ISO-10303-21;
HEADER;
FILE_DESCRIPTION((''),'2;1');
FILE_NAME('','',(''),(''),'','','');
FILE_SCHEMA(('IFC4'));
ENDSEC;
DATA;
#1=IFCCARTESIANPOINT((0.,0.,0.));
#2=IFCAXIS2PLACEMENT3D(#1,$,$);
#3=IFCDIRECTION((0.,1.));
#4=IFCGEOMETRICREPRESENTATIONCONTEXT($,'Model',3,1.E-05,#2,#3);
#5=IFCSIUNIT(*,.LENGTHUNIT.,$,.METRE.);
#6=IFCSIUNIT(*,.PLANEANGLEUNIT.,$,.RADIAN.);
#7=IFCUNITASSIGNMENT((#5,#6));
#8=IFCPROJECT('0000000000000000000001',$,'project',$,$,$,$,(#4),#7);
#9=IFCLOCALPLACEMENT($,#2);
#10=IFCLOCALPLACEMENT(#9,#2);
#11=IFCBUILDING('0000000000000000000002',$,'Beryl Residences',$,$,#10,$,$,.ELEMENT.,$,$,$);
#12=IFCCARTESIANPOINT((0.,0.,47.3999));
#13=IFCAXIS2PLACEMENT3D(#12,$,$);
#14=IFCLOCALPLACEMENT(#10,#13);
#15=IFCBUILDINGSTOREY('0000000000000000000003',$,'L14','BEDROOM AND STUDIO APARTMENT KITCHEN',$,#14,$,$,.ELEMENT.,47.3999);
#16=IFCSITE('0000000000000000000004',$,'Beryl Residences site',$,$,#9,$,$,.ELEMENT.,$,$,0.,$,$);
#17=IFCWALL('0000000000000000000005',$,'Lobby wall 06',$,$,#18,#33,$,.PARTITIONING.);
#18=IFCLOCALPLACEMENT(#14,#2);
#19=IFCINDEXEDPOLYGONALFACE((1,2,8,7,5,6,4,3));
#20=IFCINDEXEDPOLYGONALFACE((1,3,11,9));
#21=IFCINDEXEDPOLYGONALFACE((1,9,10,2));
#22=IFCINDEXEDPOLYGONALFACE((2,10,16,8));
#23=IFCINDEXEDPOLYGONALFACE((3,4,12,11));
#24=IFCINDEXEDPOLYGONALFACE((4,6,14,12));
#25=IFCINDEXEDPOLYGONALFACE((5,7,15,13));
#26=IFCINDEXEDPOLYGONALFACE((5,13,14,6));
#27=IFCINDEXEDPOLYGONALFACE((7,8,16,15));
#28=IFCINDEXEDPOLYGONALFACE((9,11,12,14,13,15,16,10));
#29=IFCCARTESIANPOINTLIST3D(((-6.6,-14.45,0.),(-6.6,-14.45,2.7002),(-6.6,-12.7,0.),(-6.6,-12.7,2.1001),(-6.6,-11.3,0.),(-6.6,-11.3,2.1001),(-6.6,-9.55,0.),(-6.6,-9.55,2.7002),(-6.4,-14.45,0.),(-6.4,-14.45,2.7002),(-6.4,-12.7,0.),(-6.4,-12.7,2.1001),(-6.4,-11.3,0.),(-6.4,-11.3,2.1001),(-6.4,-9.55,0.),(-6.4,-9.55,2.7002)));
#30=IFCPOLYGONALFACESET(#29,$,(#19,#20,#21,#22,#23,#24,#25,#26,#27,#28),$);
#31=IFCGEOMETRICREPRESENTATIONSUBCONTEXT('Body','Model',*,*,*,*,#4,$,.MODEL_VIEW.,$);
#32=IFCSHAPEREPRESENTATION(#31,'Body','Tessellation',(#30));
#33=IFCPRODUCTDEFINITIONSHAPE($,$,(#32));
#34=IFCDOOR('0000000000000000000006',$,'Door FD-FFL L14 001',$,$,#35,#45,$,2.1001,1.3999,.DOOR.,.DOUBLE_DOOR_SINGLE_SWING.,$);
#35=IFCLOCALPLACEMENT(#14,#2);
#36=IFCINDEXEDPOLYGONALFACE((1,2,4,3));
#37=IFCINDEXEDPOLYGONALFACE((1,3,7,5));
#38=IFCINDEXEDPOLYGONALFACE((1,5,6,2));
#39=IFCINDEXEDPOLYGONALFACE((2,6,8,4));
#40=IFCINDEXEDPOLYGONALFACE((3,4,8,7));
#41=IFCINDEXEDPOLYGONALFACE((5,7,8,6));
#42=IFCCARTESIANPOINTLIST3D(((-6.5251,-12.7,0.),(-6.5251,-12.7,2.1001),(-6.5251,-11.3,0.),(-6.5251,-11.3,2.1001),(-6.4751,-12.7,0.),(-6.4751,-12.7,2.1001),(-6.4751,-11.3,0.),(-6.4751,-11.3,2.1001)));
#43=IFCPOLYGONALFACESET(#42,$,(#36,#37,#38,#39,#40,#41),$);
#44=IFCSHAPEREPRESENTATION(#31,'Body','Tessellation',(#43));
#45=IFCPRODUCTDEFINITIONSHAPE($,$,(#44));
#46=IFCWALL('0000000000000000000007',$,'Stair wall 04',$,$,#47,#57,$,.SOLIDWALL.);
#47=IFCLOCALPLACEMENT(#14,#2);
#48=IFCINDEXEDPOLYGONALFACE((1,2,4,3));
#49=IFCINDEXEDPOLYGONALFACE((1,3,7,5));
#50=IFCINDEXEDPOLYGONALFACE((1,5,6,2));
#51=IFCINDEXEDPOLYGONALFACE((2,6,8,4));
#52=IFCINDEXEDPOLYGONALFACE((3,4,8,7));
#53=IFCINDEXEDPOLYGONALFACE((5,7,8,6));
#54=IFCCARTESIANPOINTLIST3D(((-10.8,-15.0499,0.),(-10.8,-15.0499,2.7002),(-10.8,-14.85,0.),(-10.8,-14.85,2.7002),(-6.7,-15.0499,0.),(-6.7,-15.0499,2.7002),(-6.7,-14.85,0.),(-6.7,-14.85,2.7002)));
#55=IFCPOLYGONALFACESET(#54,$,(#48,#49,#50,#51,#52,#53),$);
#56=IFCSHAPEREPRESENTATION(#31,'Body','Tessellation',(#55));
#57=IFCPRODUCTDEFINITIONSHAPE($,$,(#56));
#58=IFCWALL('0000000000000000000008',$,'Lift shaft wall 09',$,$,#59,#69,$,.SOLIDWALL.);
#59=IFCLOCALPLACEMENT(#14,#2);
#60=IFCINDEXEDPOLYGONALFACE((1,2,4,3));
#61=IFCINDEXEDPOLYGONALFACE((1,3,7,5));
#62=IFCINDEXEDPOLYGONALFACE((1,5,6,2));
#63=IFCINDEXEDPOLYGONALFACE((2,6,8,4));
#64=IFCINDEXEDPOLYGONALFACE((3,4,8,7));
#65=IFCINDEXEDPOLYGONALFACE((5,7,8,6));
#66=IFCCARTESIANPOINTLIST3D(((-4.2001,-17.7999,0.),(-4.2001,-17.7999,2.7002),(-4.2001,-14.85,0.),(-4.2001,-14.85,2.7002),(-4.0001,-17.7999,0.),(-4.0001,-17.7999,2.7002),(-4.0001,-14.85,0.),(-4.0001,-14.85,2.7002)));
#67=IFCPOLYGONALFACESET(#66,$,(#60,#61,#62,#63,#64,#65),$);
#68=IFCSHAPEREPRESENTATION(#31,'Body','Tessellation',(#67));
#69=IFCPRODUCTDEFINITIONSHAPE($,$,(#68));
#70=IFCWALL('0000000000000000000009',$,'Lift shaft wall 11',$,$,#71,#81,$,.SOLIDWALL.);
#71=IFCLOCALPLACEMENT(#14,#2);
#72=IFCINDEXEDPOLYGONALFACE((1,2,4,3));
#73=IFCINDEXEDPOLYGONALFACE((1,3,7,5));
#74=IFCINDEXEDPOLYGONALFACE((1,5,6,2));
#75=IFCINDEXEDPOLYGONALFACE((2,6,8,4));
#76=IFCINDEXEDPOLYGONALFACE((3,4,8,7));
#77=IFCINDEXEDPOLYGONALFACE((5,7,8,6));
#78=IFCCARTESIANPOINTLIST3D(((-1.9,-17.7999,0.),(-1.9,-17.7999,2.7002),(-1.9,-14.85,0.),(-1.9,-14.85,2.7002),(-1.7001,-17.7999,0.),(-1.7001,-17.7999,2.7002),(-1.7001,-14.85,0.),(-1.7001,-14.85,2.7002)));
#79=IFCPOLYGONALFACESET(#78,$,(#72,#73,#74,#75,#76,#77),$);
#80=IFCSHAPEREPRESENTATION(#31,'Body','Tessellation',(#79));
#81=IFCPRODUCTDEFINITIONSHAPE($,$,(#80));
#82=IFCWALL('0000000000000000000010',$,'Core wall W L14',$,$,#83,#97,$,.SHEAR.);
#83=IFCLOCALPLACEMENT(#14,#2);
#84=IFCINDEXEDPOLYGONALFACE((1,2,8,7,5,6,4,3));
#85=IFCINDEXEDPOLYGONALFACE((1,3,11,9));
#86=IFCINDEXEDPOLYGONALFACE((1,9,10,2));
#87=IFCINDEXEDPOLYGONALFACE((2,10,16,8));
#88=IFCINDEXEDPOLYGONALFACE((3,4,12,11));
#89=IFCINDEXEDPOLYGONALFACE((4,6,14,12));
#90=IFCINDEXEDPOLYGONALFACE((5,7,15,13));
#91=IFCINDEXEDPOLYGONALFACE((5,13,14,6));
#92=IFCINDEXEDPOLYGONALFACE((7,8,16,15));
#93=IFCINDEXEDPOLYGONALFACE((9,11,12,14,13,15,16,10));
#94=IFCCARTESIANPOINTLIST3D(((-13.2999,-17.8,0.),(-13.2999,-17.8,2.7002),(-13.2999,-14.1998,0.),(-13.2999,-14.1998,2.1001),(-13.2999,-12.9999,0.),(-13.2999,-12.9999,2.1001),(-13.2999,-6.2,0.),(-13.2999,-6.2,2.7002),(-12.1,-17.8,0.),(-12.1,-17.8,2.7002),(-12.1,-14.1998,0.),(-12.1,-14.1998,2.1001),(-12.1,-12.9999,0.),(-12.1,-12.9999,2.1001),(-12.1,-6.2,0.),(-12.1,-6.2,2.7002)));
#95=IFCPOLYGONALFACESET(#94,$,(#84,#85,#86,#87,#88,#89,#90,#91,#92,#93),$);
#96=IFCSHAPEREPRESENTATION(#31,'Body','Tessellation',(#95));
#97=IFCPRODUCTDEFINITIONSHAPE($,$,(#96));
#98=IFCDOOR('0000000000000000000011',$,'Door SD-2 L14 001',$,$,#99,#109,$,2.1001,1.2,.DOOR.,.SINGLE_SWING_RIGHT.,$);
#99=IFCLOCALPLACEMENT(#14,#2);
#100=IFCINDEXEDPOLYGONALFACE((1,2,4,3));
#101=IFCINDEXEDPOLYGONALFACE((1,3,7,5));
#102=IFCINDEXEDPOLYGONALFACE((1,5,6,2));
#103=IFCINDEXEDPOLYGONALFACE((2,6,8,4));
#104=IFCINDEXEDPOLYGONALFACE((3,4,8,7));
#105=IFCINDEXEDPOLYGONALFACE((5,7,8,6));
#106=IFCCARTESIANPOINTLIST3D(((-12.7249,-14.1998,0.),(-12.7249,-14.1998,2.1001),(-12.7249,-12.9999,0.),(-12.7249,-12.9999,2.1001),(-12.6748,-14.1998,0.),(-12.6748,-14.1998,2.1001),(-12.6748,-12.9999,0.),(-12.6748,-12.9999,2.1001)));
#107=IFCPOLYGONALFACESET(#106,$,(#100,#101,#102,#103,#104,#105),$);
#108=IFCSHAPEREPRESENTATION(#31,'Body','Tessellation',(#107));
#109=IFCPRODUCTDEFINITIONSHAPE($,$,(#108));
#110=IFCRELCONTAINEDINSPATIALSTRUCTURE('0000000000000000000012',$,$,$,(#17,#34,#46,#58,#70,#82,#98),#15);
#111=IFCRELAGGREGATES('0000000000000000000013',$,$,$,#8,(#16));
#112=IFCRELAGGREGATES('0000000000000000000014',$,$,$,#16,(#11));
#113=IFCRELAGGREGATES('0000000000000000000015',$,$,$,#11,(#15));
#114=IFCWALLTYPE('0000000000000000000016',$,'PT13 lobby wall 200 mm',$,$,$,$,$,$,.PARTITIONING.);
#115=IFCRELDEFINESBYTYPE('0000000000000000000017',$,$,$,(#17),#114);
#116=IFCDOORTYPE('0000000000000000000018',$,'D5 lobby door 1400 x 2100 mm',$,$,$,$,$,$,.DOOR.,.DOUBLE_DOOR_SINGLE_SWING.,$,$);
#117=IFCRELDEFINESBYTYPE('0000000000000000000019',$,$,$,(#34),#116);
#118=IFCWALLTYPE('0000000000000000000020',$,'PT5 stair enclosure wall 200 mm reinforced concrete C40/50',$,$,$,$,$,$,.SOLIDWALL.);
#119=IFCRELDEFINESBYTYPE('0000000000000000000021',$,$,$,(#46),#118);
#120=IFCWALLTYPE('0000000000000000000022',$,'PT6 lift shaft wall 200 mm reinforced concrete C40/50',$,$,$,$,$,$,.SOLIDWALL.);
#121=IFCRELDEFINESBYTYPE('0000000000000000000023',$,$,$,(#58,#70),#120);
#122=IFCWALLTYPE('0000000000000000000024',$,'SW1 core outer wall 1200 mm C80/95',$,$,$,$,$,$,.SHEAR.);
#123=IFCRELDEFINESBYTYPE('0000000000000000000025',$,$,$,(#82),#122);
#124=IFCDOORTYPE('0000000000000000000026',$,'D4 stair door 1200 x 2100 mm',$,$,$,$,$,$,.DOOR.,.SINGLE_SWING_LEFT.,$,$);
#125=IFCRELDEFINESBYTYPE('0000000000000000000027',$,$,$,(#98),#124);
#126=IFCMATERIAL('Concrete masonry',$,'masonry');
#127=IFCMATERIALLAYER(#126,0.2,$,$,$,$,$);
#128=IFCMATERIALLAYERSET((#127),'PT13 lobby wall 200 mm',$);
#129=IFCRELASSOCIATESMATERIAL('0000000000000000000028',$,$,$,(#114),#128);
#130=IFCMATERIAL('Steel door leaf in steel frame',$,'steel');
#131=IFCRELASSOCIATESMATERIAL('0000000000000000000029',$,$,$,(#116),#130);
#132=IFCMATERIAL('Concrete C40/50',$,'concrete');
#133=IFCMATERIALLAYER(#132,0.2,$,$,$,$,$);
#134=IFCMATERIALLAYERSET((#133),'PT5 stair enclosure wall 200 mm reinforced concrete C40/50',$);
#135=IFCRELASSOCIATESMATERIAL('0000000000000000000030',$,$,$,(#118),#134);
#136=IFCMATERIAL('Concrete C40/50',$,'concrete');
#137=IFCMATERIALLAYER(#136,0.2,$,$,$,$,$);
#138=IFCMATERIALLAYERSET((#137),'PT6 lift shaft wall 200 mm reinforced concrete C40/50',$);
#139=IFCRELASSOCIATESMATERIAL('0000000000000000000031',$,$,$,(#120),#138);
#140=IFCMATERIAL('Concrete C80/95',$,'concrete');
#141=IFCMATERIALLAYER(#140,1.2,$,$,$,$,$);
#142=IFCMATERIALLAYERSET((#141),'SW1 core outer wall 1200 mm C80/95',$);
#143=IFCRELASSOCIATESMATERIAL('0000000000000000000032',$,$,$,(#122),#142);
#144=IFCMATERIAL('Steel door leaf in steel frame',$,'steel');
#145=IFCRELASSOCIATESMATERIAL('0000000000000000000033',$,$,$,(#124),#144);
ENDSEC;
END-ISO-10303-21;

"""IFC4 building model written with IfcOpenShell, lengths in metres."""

from ifc_helpers import new_model, si_unit, direction, frame, frame_2d, origin, place, context, subcontext, project, spatial, rectangle, extrude, material, layer, layer_set, type_object, element, fill, save


model = new_model("IFC4")

# Units and contexts
model_context = context("Model", 3, precision=1e-05, world=origin(), true_north=direction((0.0, 1.0)))
body_context = subcontext(model_context, "Body", "Model", "MODEL_VIEW")
ifc_project = project(units=[si_unit("LENGTHUNIT", "METRE"), si_unit("PLANEANGLEUNIT", "RADIAN")], contexts=[model_context])

# Site, building, storey
site_placement = place(None, origin())
site = spatial("IfcSite", under=ifc_project, at=site_placement, Name="Beryl Residences site", CompositionType="ELEMENT", RefElevation=0.0)
building_placement = place(site_placement, origin())
building = spatial("IfcBuilding", under=site, at=building_placement, Name="Beryl Residences", CompositionType="ELEMENT")
storey_placement = place(building_placement, frame((0.0, 0.0, 47.3999)))
storey = spatial("IfcBuildingStorey", under=building, at=storey_placement, Name="L14", Description="BEDROOM AND STUDIO APARTMENT KITCHEN", CompositionType="ELEMENT", Elevation=47.3999)

# Wall, opening, door
ifc_material_1 = material(Name="Concrete masonry", Category="masonry")
ifc_layer_1 = layer(ifc_material_1, 0.2)
ifc_layer_set_1 = layer_set([ifc_layer_1], Name="PT13 lobby wall 200 mm")
wall_type_1 = type_object("IfcWallType", Name="PT13 lobby wall 200 mm", PredefinedType="PARTITIONING", material=ifc_layer_set_1)
wall_1_placement = place(storey_placement, frame((-6.5, -14.45, 0.0), z_axis=(0.0, 0.0, 1.0), x_axis=(0.0, 1.0, 0.0)))
wall_1 = element("IfcWall", 1, at=wall_1_placement, inside=storey, type_object=wall_type_1, Name="Lobby wall 06", PredefinedType="PARTITIONING", context=body_context, shape_type="SweptSolid", body=[
    extrude(rectangle(XDim=4.8999, YDim=0.2, at=frame_2d((2.45, 0.0))), origin(), (0.0, 0.0, 1.0), 2.7002),
])
opening_1_placement = place(wall_1_placement, frame((3.1499, 0.0, 0.0), z_axis=(0.0, 0.0, 1.0), x_axis=(-1.0, 0.0, 0.0)))
opening_1 = element("IfcOpeningElement", 2, at=opening_1_placement, cuts=wall_1, PredefinedType="OPENING", context=body_context, shape_type="SweptSolid", body=[
    extrude(rectangle(XDim=1.3999, YDim=2.1001, at=frame_2d((0.7, 1.05))), frame((0.0, 0.1099, 0.0), z_axis=(0.0, -1.0, 0.0), x_axis=(1.0, 0.0, 0.0)), (0.0, 0.0, 1.0), 0.22),
])
ifc_material_2 = material(Name="Steel door leaf in steel frame", Category="steel")
door_type_1 = type_object("IfcDoorType", Name="D5 lobby door 1400 x 2100 mm", OperationType="DOUBLE_DOOR_SINGLE_SWING", PredefinedType="DOOR", material=ifc_material_2)
door_1_placement = place(opening_1_placement, origin())
door_1 = element("IfcDoor", 3, at=door_1_placement, inside=storey, type_object=door_type_1, Name="Door FD-FFL L14 001", OperationType="DOUBLE_DOOR_SINGLE_SWING", OverallHeight=2.1001, OverallWidth=1.3999, PredefinedType="DOOR", context=body_context, shape_type="SweptSolid", body=[
    extrude(rectangle(XDim=1.3999, YDim=2.1001, at=frame_2d((0.7, 1.05))), frame((0.0, 0.0249, 0.0), z_axis=(0.0, -1.0, 0.0), x_axis=(1.0, 0.0, 0.0)), (0.0, 0.0, 1.0), 0.05),
])
fill(opening_1, door_1)

# Walls
ifc_material_3 = material(Name="Concrete C40/50", Category="concrete")
ifc_layer_2 = layer(ifc_material_3, 0.2)
ifc_layer_set_2 = layer_set([ifc_layer_2], Name="PT5 stair enclosure wall 200 mm reinforced concrete C40/50")
wall_type_2 = type_object("IfcWallType", Name="PT5 stair enclosure wall 200 mm reinforced concrete C40/50", PredefinedType="SOLIDWALL", material=ifc_layer_set_2)
wall_2_placement = place(storey_placement, frame((-10.8, -14.95, 0.0), z_axis=(0.0, 0.0, 1.0), x_axis=(1.0, 0.0, 0.0)))
element("IfcWall", 4, at=wall_2_placement, inside=storey, type_object=wall_type_2, Name="Stair wall 04", PredefinedType="SOLIDWALL", context=body_context, shape_type="SweptSolid", body=[
    extrude(rectangle(XDim=4.1001, YDim=0.2, at=frame_2d((2.05, 0.0))), origin(), (0.0, 0.0, 1.0), 2.7002),
])
ifc_material_4 = material(Name="Concrete C40/50", Category="concrete")
ifc_layer_3 = layer(ifc_material_4, 0.2)
ifc_layer_set_3 = layer_set([ifc_layer_3], Name="PT6 lift shaft wall 200 mm reinforced concrete C40/50")
wall_type_3 = type_object("IfcWallType", Name="PT6 lift shaft wall 200 mm reinforced concrete C40/50", PredefinedType="SOLIDWALL", material=ifc_layer_set_3)
for number, where, z_axis, x_axis, name in (
    (5, (-4.1001, -17.8, 0.0), (0.0, 0.0, 1.0), (0.0, 1.0, 0.0), "Lift shaft wall 09"),
    (6, (-1.8, -17.8, 0.0), (0.0, 0.0, 1.0), (0.0, 1.0, 0.0), "Lift shaft wall 11"),
):
    element("IfcWall", number, at=place(storey_placement, frame(where, z_axis=z_axis, x_axis=x_axis)), inside=storey, type_object=wall_type_3, Name=name, PredefinedType="SOLIDWALL", context=body_context, shape_type="SweptSolid", body=[
        extrude(rectangle(XDim=2.95, YDim=0.2, at=frame_2d((1.4751, 0.0))), origin(), (0.0, 0.0, 1.0), 2.7002),
    ])

# Wall, opening, door
ifc_material_5 = material(Name="Concrete C80/95", Category="concrete")
ifc_layer_4 = layer(ifc_material_5, 1.2)
ifc_layer_set_4 = layer_set([ifc_layer_4], Name="SW1 core outer wall 1200 mm C80/95")
wall_type_4 = type_object("IfcWallType", Name="SW1 core outer wall 1200 mm C80/95", PredefinedType="SHEAR", material=ifc_layer_set_4)
wall_3_placement = place(storey_placement, frame((-12.7, -17.8, 0.0), z_axis=(0.0, 0.0, 1.0), x_axis=(0.0, 1.0, 0.0)))
wall_3 = element("IfcWall", 7, at=wall_3_placement, inside=storey, type_object=wall_type_4, Name="Core wall W L14", PredefinedType="SHEAR", context=body_context, shape_type="SweptSolid", body=[
    extrude(rectangle(XDim=11.6001, YDim=1.2, at=frame_2d((5.8, 0.0))), origin(), (0.0, 0.0, 1.0), 2.7002),
])
opening_2_placement = place(wall_3_placement, frame((3.6001, 0.0, 0.0)))
opening_2 = element("IfcOpeningElement", 8, at=opening_2_placement, cuts=wall_3, PredefinedType="OPENING", context=body_context, shape_type="SweptSolid", body=[
    extrude(rectangle(XDim=1.2, YDim=2.1001, at=frame_2d((0.6001, 1.05))), frame((0.0, 0.6099, 0.0), z_axis=(0.0, -1.0, 0.0), x_axis=(1.0, 0.0, 0.0)), (0.0, 0.0, 1.0), 1.22),
])
ifc_material_6 = material(Name="Steel door leaf in steel frame", Category="steel")
door_type_2 = type_object("IfcDoorType", Name="D4 stair door 1200 x 2100 mm", OperationType="SINGLE_SWING_LEFT", PredefinedType="DOOR", material=ifc_material_6)
door_2_placement = place(opening_2_placement, origin())
door_2 = element("IfcDoor", 9, at=door_2_placement, inside=storey, type_object=door_type_2, Name="Door SD-2 L14 001", OperationType="SINGLE_SWING_RIGHT", OverallHeight=2.1001, OverallWidth=1.2, PredefinedType="DOOR", context=body_context, shape_type="SweptSolid", body=[
    extrude(rectangle(XDim=1.2, YDim=2.1001, at=frame_2d((0.6001, 1.05))), frame((0.0, 0.0249, 0.0), z_axis=(0.0, -1.0, 0.0), x_axis=(1.0, 0.0, 0.0)), (0.0, 0.0, 1.0), 0.05),
])
fill(opening_2, door_2)

save(model, "model.ifc")
